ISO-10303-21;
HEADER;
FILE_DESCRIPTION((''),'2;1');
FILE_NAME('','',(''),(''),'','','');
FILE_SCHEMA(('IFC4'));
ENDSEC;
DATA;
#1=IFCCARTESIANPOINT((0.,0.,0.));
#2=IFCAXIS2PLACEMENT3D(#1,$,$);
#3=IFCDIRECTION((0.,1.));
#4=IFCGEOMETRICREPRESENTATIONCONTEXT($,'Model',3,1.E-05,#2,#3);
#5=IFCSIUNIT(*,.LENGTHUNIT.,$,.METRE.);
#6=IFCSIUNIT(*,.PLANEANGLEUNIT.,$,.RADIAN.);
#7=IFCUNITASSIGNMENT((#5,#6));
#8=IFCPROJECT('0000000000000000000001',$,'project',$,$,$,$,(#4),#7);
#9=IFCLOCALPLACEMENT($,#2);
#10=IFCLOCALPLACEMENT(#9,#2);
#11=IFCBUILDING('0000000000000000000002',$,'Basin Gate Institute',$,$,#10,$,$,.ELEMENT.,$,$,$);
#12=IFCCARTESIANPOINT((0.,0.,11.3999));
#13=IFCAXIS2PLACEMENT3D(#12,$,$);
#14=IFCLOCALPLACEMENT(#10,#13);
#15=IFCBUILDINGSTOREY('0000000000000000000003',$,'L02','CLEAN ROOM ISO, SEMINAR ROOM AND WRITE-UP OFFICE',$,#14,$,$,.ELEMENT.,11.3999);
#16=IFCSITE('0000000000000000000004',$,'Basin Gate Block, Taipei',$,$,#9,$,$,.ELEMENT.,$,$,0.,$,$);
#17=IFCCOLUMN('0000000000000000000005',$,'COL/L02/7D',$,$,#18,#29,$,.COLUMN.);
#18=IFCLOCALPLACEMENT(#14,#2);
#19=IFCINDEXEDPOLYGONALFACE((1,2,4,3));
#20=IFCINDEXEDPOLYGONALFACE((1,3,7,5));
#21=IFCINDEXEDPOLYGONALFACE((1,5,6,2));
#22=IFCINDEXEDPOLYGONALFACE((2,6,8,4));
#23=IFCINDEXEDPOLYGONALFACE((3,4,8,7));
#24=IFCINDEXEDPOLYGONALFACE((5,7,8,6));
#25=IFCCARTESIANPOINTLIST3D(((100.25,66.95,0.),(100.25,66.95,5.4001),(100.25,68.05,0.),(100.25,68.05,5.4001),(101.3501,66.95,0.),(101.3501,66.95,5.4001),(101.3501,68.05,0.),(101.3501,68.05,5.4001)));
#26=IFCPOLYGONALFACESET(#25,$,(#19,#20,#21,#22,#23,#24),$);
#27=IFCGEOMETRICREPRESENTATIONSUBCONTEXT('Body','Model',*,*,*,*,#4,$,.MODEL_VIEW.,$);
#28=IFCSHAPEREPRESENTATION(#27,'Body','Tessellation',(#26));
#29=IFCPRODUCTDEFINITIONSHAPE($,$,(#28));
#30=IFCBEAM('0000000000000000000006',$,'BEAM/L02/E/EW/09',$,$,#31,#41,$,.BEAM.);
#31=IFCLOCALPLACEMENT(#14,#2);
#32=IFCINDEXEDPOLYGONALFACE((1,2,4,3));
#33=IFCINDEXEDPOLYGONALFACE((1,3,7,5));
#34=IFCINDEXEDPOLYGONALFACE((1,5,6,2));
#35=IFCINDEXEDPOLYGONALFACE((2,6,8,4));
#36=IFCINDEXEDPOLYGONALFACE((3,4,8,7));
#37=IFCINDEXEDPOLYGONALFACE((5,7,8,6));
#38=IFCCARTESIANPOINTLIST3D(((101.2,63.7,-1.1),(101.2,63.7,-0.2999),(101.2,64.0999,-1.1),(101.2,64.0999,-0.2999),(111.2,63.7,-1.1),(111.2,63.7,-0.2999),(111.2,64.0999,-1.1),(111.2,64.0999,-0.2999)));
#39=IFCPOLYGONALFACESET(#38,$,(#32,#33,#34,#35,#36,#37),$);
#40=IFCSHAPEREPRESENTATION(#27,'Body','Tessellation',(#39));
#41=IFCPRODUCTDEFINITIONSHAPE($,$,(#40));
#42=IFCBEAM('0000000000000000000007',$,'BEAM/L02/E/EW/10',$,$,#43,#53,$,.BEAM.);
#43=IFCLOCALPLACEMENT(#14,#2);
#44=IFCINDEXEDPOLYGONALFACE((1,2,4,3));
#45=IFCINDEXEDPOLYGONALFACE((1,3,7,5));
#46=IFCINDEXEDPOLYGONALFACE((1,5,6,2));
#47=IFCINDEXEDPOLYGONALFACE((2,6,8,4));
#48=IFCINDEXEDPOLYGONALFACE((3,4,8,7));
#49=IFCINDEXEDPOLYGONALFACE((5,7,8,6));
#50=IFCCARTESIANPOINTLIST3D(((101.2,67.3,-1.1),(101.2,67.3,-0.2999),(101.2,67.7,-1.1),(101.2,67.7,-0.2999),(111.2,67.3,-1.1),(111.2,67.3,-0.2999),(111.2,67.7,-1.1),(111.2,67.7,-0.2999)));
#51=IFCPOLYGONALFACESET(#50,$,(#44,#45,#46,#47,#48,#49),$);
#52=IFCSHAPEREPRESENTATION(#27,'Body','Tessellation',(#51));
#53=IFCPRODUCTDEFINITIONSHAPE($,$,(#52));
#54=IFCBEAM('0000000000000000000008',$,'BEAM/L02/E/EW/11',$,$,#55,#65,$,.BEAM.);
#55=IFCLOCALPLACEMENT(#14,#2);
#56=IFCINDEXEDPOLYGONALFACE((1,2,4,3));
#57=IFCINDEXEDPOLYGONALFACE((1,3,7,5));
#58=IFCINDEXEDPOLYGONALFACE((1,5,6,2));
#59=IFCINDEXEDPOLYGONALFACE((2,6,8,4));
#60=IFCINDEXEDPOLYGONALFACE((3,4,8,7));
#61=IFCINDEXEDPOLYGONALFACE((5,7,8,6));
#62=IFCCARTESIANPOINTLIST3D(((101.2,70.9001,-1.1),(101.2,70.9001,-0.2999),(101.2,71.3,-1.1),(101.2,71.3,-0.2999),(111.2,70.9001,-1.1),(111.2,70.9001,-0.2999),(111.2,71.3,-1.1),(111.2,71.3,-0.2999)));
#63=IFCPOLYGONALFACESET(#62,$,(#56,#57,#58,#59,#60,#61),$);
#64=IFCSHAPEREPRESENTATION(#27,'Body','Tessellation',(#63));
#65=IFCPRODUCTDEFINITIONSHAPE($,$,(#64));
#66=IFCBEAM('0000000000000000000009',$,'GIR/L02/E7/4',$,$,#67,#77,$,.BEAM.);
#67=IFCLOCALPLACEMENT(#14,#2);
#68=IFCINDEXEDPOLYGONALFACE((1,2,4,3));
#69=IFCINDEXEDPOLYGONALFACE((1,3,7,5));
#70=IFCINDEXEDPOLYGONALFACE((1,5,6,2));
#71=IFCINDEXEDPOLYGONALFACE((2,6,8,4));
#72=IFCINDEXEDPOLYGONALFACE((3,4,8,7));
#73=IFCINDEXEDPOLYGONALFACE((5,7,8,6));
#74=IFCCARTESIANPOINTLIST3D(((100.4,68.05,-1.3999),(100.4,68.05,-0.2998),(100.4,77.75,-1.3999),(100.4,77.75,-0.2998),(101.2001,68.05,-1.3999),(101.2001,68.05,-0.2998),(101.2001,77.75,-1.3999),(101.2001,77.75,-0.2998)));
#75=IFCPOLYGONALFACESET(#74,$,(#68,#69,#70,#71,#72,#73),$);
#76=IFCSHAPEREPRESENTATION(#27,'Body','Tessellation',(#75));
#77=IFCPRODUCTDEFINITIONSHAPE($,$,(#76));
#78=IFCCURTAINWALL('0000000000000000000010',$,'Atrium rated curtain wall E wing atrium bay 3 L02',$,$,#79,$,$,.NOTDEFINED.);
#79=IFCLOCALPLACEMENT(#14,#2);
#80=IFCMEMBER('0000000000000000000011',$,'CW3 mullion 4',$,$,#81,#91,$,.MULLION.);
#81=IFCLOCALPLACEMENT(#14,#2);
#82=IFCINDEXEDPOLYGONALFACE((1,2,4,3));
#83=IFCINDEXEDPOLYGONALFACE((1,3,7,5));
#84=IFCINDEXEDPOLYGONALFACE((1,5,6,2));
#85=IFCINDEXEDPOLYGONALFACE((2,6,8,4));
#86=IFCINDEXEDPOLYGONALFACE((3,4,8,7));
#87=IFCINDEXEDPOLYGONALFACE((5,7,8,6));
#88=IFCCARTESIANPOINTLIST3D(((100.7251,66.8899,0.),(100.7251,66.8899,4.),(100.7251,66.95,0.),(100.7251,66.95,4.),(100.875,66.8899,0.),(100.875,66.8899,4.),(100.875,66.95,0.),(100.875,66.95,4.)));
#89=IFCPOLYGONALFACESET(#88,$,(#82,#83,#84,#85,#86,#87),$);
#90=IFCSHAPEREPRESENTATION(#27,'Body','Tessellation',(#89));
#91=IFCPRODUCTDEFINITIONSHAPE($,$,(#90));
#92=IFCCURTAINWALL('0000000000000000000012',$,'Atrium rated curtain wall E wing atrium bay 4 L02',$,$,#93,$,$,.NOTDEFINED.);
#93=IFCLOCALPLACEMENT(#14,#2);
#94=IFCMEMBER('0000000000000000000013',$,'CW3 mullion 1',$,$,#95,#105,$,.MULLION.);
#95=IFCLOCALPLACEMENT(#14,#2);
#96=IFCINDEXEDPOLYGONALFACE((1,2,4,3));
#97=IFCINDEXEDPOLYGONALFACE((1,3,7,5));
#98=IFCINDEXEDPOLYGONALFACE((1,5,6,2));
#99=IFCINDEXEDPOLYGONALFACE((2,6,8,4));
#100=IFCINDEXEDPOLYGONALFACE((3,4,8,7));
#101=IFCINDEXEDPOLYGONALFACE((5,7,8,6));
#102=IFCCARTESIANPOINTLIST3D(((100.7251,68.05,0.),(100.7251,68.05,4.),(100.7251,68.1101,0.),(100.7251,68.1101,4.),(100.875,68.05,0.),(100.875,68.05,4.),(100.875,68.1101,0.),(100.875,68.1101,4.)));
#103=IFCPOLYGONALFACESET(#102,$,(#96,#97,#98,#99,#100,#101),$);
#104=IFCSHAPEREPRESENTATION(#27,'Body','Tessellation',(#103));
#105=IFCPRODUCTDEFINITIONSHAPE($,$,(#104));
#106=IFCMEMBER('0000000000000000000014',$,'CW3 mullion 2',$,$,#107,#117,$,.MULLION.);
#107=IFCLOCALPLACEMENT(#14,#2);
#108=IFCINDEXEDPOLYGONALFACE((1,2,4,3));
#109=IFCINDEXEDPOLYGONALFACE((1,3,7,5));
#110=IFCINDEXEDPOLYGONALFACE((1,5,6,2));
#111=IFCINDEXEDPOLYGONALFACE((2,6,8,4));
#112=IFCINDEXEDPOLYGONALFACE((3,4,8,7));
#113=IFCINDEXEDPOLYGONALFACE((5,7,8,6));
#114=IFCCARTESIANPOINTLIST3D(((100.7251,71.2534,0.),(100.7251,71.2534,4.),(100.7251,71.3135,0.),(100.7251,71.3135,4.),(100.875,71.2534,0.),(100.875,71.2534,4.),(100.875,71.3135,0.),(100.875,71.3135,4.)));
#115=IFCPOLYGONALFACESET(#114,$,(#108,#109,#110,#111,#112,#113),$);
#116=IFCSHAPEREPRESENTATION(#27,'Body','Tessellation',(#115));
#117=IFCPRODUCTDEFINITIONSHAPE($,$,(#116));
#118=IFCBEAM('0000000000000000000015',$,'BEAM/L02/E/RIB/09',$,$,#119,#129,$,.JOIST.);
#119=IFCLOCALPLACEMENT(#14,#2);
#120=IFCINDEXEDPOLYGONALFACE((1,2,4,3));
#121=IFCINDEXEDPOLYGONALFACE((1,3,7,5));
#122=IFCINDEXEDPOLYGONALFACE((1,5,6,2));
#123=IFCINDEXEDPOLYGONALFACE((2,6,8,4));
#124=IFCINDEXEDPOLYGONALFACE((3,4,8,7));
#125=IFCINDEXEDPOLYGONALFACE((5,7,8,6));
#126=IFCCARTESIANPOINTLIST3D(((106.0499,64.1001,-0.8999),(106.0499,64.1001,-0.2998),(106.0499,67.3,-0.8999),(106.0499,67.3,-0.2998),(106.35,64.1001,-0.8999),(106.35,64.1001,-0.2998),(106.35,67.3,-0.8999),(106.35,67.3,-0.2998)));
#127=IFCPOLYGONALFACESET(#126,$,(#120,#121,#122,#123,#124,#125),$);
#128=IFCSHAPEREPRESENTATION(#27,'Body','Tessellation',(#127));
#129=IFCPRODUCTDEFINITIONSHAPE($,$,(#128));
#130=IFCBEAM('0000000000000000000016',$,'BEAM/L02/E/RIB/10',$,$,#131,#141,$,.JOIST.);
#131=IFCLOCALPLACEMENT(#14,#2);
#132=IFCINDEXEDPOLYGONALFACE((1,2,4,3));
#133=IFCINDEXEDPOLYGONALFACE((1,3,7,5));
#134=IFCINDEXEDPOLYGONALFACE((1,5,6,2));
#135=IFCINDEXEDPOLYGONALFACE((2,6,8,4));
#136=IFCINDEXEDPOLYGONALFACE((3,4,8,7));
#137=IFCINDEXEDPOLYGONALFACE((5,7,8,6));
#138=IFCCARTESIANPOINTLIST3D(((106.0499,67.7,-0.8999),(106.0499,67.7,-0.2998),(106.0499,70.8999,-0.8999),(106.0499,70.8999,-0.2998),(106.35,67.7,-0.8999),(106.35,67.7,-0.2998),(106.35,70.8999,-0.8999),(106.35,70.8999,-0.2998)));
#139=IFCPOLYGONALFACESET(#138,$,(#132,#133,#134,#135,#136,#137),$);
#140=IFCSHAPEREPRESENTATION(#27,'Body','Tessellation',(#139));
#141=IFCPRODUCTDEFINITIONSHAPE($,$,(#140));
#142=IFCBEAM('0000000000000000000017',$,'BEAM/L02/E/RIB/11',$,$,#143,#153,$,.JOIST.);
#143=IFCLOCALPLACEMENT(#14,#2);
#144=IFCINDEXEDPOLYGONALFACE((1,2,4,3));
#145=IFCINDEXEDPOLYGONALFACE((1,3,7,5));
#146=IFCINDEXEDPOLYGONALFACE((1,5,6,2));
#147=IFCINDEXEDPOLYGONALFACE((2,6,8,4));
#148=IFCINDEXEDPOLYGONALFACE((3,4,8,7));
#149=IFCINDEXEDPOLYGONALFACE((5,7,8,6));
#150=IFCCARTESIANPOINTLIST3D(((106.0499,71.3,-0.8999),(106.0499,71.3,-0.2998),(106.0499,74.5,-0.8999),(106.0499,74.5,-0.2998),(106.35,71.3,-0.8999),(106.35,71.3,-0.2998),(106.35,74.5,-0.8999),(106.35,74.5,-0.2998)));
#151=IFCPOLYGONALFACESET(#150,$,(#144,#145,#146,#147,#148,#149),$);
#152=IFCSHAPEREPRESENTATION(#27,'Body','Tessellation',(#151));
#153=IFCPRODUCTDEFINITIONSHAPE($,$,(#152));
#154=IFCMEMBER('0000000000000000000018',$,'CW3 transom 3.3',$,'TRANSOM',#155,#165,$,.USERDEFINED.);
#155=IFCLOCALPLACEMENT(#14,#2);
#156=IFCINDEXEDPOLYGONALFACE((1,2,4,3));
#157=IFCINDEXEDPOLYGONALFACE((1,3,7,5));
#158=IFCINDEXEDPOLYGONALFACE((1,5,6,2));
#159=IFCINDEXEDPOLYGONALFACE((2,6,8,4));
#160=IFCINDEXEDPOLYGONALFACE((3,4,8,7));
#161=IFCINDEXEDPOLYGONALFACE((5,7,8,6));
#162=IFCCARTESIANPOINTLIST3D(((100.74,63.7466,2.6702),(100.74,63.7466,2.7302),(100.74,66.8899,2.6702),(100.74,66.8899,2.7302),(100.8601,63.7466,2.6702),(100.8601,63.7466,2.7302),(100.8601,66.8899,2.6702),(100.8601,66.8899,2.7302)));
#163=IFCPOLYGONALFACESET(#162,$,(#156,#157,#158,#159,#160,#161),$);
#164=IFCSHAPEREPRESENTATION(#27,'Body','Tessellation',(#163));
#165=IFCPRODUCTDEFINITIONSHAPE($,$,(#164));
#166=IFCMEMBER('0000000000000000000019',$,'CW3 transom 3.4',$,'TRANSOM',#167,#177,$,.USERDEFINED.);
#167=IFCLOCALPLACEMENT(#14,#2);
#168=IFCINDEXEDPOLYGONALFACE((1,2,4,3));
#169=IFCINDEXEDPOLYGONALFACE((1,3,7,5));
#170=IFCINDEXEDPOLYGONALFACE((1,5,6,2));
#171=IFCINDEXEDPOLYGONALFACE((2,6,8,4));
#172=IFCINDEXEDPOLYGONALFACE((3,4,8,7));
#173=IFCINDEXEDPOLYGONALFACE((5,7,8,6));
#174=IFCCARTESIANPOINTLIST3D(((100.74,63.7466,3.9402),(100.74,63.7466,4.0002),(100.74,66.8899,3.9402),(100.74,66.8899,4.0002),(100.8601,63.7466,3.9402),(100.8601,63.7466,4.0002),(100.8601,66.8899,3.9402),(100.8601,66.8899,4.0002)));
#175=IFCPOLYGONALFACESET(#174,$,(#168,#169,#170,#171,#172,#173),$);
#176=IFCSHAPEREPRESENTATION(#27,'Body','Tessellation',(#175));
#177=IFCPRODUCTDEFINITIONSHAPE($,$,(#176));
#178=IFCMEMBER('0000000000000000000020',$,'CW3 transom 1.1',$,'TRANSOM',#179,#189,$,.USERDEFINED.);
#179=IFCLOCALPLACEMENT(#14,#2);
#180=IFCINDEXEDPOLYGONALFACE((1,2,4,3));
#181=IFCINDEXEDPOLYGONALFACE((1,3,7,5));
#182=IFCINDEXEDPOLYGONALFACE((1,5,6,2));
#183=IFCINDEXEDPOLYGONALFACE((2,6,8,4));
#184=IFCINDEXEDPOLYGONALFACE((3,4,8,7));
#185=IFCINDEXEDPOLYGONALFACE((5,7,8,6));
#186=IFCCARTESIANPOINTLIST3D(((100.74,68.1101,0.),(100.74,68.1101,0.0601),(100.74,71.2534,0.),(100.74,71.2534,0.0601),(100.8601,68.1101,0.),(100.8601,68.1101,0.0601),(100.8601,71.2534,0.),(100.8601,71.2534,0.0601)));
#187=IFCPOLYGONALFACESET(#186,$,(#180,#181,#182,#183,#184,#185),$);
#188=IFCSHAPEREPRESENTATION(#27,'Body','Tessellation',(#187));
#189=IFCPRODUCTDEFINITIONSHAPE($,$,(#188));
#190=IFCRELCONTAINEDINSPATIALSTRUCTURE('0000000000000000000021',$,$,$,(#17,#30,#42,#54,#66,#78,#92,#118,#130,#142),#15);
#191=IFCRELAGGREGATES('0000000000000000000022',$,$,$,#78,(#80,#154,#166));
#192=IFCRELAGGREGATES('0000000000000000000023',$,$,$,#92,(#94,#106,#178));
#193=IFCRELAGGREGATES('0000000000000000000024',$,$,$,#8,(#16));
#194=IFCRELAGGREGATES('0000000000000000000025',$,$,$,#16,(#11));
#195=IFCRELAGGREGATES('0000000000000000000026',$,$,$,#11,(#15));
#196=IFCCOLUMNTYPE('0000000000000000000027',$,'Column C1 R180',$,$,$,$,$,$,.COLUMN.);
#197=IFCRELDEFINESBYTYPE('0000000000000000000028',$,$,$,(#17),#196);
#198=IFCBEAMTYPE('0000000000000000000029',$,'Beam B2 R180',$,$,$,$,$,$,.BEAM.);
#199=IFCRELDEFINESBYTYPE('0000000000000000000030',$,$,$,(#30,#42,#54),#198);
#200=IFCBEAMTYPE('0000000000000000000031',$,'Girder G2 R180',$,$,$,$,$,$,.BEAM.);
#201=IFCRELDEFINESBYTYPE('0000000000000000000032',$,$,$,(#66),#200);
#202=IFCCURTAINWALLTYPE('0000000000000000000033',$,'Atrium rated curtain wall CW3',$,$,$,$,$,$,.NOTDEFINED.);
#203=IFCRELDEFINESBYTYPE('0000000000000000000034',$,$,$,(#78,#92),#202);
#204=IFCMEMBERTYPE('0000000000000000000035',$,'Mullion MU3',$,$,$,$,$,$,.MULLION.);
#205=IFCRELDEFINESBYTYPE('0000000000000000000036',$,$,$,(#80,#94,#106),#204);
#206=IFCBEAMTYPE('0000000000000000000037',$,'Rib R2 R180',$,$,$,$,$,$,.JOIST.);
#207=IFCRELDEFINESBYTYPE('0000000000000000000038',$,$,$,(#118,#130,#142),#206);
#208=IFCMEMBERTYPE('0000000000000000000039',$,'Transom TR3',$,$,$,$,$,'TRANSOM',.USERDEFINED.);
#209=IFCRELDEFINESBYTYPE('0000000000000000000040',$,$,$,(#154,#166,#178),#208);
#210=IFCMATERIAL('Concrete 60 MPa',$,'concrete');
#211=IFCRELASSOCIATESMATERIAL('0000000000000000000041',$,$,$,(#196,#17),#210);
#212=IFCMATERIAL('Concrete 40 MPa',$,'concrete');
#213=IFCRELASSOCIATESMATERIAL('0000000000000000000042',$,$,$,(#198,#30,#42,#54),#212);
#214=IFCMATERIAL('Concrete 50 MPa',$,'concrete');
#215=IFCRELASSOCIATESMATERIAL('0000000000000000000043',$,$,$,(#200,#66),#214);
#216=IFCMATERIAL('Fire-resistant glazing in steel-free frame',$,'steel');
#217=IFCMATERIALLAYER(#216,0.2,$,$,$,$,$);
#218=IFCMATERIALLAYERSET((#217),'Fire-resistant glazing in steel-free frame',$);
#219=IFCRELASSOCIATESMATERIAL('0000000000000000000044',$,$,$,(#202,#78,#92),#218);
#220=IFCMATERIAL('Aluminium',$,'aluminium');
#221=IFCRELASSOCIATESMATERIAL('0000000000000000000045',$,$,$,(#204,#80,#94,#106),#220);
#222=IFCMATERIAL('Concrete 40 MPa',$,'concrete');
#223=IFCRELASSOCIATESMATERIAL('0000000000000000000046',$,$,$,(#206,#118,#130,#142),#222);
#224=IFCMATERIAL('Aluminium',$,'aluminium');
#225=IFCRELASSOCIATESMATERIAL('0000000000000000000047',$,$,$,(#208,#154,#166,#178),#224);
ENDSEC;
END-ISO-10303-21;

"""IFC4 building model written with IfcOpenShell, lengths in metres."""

from ifc_helpers import new_model, si_unit, direction, frame, origin, origin_2d, place, context, subcontext, project, spatial, rectangle, extrude, material, layer, layer_set, material_profile, profile_set, type_object, element, aggregate, save


model = new_model("IFC4")

# Units and contexts
model_context = context("Model", 3, precision=1e-05, world=origin(), true_north=direction((0.0, 1.0)))
body_context = subcontext(model_context, "Body", "Model", "MODEL_VIEW")
ifc_project = project(units=[si_unit("LENGTHUNIT", "METRE"), si_unit("PLANEANGLEUNIT", "RADIAN")], contexts=[model_context])

# Site, building, storey
site_placement = place(None, origin())
site = spatial("IfcSite", under=ifc_project, at=site_placement, Name="Basin Gate Block, Taipei", CompositionType="ELEMENT", RefElevation=0.0)
building_placement = place(site_placement, origin())
building = spatial("IfcBuilding", under=site, at=building_placement, Name="Basin Gate Institute", CompositionType="ELEMENT")
storey_placement = place(building_placement, frame((0.0, 0.0, 11.3999)))
storey = spatial("IfcBuildingStorey", under=building, at=storey_placement, Name="L02", Description="CLEAN ROOM ISO, SEMINAR ROOM AND WRITE-UP OFFICE", CompositionType="ELEMENT", Elevation=11.3999)

# Column
ifc_material_1 = material(Name="Concrete 60 MPa", Category="concrete")
ifc_material_profile_1 = material_profile(ifc_material_1, rectangle(XDim=1.1001, YDim=1.1001, at=origin_2d()), Name="Column C1 1100 x 1100")
ifc_profile_set_1 = profile_set([ifc_material_profile_1], Name="Concrete 60 MPa")
column_type = type_object("IfcColumnType", Name="Column C1 R180", PredefinedType="COLUMN", material=ifc_profile_set_1)
column_placement = place(storey_placement, frame((100.8, 67.5, 0.0), z_axis=(0.0, 0.0, 1.0), x_axis=(1.0, 0.0, 0.0)))
element("IfcColumn", 1, at=column_placement, inside=storey, type_object=column_type, material=ifc_profile_set_1, Name="COL/L02/7D", PredefinedType="COLUMN", context=body_context, shape_type="SweptSolid", body=[
    extrude(rectangle(XDim=1.1001, YDim=1.1001, at=origin_2d()), origin(), (0.0, 0.0, 1.0), 5.4001),
])

# Beams
ifc_material_2 = material(Name="Concrete 40 MPa", Category="concrete")
ifc_material_profile_2 = material_profile(ifc_material_2, rectangle(XDim=0.3999, YDim=0.8, at=origin_2d()), Name="Beam B2 400 x 800")
ifc_profile_set_2 = profile_set([ifc_material_profile_2], Name="Concrete 40 MPa")
beam_type_1 = type_object("IfcBeamType", Name="Beam B2 R180", PredefinedType="BEAM", material=ifc_profile_set_2)
for number, where, z_axis, x_axis, name in (
    (2, (111.2, 63.8999, -0.7), (-1.0, 0.0, 0.0), (0.0, -1.0, 0.0), "BEAM/L02/E/EW/09"),
    (3, (111.2, 67.5, -0.7), (-1.0, 0.0, 0.0), (0.0, -1.0, 0.0), "BEAM/L02/E/EW/10"),
    (4, (111.2, 71.1001, -0.7), (-1.0, 0.0, 0.0), (0.0, -1.0, 0.0), "BEAM/L02/E/EW/11"),
):
    element("IfcBeam", number, at=place(storey_placement, frame(where, z_axis=z_axis, x_axis=x_axis)), inside=storey, type_object=beam_type_1, material=ifc_profile_set_2, Name=name, PredefinedType="BEAM", context=body_context, shape_type="SweptSolid", body=[
        extrude(rectangle(XDim=0.3999, YDim=0.8, at=origin_2d()), origin(), (0.0, 0.0, 1.0), 10.0),
    ])
ifc_material_3 = material(Name="Concrete 50 MPa", Category="concrete")
ifc_material_profile_3 = material_profile(ifc_material_3, rectangle(XDim=0.8, YDim=1.1001, at=origin_2d()), Name="Girder G2 800 x 1100")
ifc_profile_set_3 = profile_set([ifc_material_profile_3], Name="Concrete 50 MPa")
beam_type_2 = type_object("IfcBeamType", Name="Girder G2 R180", PredefinedType="BEAM", material=ifc_profile_set_3)
beam_placement = place(storey_placement, frame((100.8, 68.05, -0.8499), z_axis=(0.0, 1.0, 0.0), x_axis=(-1.0, 0.0, 0.0)))
element("IfcBeam", 5, at=beam_placement, inside=storey, type_object=beam_type_2, material=ifc_profile_set_3, Name="GIR/L02/E7/4", PredefinedType="BEAM", context=body_context, shape_type="SweptSolid", body=[
    extrude(rectangle(XDim=0.8, YDim=1.1001, at=origin_2d()), origin(), (0.0, 0.0, 1.0), 9.7),
])

# Curtain wall, member
ifc_material_4 = material(Name="Fire-resistant glazing in steel-free frame", Category="steel")
ifc_layer_1 = layer(ifc_material_4, 0.2)
ifc_layer_set_1 = layer_set([ifc_layer_1], Name="Fire-resistant glazing in steel-free frame")
curtain_wall_type = type_object("IfcCurtainWallType", Name="Atrium rated curtain wall CW3", PredefinedType="NOTDEFINED", material=ifc_layer_set_1)
curtain_wall_1_placement = place(storey_placement, origin())
curtain_wall_1 = element("IfcCurtainWall", 6, at=curtain_wall_1_placement, inside=storey, type_object=curtain_wall_type, material=ifc_layer_set_1, Name="Atrium rated curtain wall E wing atrium bay 3 L02", PredefinedType="NOTDEFINED")
ifc_material_5 = material(Name="Aluminium", Category="aluminium")
ifc_material_profile_4 = material_profile(ifc_material_5, rectangle(XDim=0.1499, YDim=0.0601, at=origin_2d()), Name="Mullion MU3 150 x 60")
ifc_profile_set_4 = profile_set([ifc_material_profile_4], Name="Aluminium")
member_type_1 = type_object("IfcMemberType", Name="Mullion MU3", PredefinedType="MULLION", material=ifc_profile_set_4)
member_1_placement = place(storey_placement, frame((100.8, 66.9199, 0.0), z_axis=(0.0, 0.0, 1.0), x_axis=(-1.0, 0.0, 0.0)))
member_1 = element("IfcMember", 7, at=member_1_placement, type_object=member_type_1, material=ifc_profile_set_4, Name="CW3 mullion 4", PredefinedType="MULLION", context=body_context, shape_type="SweptSolid", body=[
    extrude(rectangle(XDim=0.1499, YDim=0.0601, at=origin_2d()), origin(), (0.0, 0.0, 1.0), 4.0),
])

# Curtain wall, members
curtain_wall_2_placement = place(storey_placement, origin())
curtain_wall_2 = element("IfcCurtainWall", 8, at=curtain_wall_2_placement, inside=storey, type_object=curtain_wall_type, material=ifc_layer_set_1, Name="Atrium rated curtain wall E wing atrium bay 4 L02", PredefinedType="NOTDEFINED")
member_2_placement = place(storey_placement, frame((100.8, 68.0801, 0.0), z_axis=(0.0, 0.0, 1.0), x_axis=(-1.0, 0.0, 0.0)))
member_2 = element("IfcMember", 9, at=member_2_placement, type_object=member_type_1, material=ifc_profile_set_4, Name="CW3 mullion 1", PredefinedType="MULLION", context=body_context, shape_type="SweptSolid", body=[
    extrude(rectangle(XDim=0.1499, YDim=0.0601, at=origin_2d()), origin(), (0.0, 0.0, 1.0), 4.0),
])
member_3_placement = place(storey_placement, frame((100.8, 71.2834, 0.0), z_axis=(0.0, 0.0, 1.0), x_axis=(-1.0, 0.0, 0.0)))
member_3 = element("IfcMember", 10, at=member_3_placement, type_object=member_type_1, material=ifc_profile_set_4, Name="CW3 mullion 2", PredefinedType="MULLION", context=body_context, shape_type="SweptSolid", body=[
    extrude(rectangle(XDim=0.1499, YDim=0.0601, at=origin_2d()), origin(), (0.0, 0.0, 1.0), 4.0),
])

# Beams
ifc_material_6 = material(Name="Concrete 40 MPa", Category="concrete")
ifc_material_profile_5 = material_profile(ifc_material_6, rectangle(XDim=0.3, YDim=0.6001, at=origin_2d()), Name="Rib R2 300 x 600")
ifc_profile_set_5 = profile_set([ifc_material_profile_5], Name="Concrete 40 MPa")
beam_type_3 = type_object("IfcBeamType", Name="Rib R2 R180", PredefinedType="JOIST", material=ifc_profile_set_5)
for number, where, z_axis, x_axis, name in (
    (11, (106.2, 64.1001, -0.5999), (0.0, 1.0, 0.0), (-1.0, 0.0, 0.0), "BEAM/L02/E/RIB/09"),
    (12, (106.2, 67.7, -0.5999), (0.0, 1.0, 0.0), (-1.0, 0.0, 0.0), "BEAM/L02/E/RIB/10"),
    (13, (106.2, 71.3, -0.5999), (0.0, 1.0, 0.0), (-1.0, 0.0, 0.0), "BEAM/L02/E/RIB/11"),
):
    element("IfcBeam", number, at=place(storey_placement, frame(where, z_axis=z_axis, x_axis=x_axis)), inside=storey, type_object=beam_type_3, material=ifc_profile_set_5, Name=name, PredefinedType="JOIST", context=body_context, shape_type="SweptSolid", body=[
        extrude(rectangle(XDim=0.3, YDim=0.6001, at=origin_2d()), origin(), (0.0, 0.0, 1.0), 3.2),
    ])

# Members
ifc_material_7 = material(Name="Aluminium", Category="aluminium")
ifc_material_profile_6 = material_profile(ifc_material_7, rectangle(XDim=0.1201, YDim=0.0601, at=origin_2d()), Name="Transom TR3 120 x 60")
ifc_profile_set_6 = profile_set([ifc_material_profile_6], Name="Aluminium")
member_type_2 = type_object("IfcMemberType", Name="Transom TR3", ElementType="TRANSOM", PredefinedType="USERDEFINED", material=ifc_profile_set_6)
member_4_placement = place(storey_placement, frame((100.8, 63.7466, 2.7002), z_axis=(0.0, 1.0, 0.0), x_axis=(-1.0, 0.0, 0.0)))
member_4 = element("IfcMember", 14, at=member_4_placement, type_object=member_type_2, material=ifc_profile_set_6, Name="CW3 transom 3.3", ObjectType="TRANSOM", PredefinedType="USERDEFINED", context=body_context, shape_type="SweptSolid", body=[
    extrude(rectangle(XDim=0.1201, YDim=0.0601, at=origin_2d()), origin(), (0.0, 0.0, 1.0), 3.1433),
])
member_5_placement = place(storey_placement, frame((100.8, 63.7466, 3.9702), z_axis=(0.0, 1.0, 0.0), x_axis=(-1.0, 0.0, 0.0)))
member_5 = element("IfcMember", 15, at=member_5_placement, type_object=member_type_2, material=ifc_profile_set_6, Name="CW3 transom 3.4", ObjectType="TRANSOM", PredefinedType="USERDEFINED", context=body_context, shape_type="SweptSolid", body=[
    extrude(rectangle(XDim=0.1201, YDim=0.0601, at=origin_2d()), origin(), (0.0, 0.0, 1.0), 3.1433),
])
member_6_placement = place(storey_placement, frame((100.8, 68.1101, 0.03), z_axis=(0.0, 1.0, 0.0), x_axis=(-1.0, 0.0, 0.0)))
member_6 = element("IfcMember", 16, at=member_6_placement, type_object=member_type_2, material=ifc_profile_set_6, Name="CW3 transom 1.1", ObjectType="TRANSOM", PredefinedType="USERDEFINED", context=body_context, shape_type="SweptSolid", body=[
    extrude(rectangle(XDim=0.1201, YDim=0.0601, at=origin_2d()), origin(), (0.0, 0.0, 1.0), 3.1433),
])

aggregate(curtain_wall_1, [member_1, member_4, member_5])
aggregate(curtain_wall_2, [member_2, member_3, member_6])

save(model, "model.ifc")
